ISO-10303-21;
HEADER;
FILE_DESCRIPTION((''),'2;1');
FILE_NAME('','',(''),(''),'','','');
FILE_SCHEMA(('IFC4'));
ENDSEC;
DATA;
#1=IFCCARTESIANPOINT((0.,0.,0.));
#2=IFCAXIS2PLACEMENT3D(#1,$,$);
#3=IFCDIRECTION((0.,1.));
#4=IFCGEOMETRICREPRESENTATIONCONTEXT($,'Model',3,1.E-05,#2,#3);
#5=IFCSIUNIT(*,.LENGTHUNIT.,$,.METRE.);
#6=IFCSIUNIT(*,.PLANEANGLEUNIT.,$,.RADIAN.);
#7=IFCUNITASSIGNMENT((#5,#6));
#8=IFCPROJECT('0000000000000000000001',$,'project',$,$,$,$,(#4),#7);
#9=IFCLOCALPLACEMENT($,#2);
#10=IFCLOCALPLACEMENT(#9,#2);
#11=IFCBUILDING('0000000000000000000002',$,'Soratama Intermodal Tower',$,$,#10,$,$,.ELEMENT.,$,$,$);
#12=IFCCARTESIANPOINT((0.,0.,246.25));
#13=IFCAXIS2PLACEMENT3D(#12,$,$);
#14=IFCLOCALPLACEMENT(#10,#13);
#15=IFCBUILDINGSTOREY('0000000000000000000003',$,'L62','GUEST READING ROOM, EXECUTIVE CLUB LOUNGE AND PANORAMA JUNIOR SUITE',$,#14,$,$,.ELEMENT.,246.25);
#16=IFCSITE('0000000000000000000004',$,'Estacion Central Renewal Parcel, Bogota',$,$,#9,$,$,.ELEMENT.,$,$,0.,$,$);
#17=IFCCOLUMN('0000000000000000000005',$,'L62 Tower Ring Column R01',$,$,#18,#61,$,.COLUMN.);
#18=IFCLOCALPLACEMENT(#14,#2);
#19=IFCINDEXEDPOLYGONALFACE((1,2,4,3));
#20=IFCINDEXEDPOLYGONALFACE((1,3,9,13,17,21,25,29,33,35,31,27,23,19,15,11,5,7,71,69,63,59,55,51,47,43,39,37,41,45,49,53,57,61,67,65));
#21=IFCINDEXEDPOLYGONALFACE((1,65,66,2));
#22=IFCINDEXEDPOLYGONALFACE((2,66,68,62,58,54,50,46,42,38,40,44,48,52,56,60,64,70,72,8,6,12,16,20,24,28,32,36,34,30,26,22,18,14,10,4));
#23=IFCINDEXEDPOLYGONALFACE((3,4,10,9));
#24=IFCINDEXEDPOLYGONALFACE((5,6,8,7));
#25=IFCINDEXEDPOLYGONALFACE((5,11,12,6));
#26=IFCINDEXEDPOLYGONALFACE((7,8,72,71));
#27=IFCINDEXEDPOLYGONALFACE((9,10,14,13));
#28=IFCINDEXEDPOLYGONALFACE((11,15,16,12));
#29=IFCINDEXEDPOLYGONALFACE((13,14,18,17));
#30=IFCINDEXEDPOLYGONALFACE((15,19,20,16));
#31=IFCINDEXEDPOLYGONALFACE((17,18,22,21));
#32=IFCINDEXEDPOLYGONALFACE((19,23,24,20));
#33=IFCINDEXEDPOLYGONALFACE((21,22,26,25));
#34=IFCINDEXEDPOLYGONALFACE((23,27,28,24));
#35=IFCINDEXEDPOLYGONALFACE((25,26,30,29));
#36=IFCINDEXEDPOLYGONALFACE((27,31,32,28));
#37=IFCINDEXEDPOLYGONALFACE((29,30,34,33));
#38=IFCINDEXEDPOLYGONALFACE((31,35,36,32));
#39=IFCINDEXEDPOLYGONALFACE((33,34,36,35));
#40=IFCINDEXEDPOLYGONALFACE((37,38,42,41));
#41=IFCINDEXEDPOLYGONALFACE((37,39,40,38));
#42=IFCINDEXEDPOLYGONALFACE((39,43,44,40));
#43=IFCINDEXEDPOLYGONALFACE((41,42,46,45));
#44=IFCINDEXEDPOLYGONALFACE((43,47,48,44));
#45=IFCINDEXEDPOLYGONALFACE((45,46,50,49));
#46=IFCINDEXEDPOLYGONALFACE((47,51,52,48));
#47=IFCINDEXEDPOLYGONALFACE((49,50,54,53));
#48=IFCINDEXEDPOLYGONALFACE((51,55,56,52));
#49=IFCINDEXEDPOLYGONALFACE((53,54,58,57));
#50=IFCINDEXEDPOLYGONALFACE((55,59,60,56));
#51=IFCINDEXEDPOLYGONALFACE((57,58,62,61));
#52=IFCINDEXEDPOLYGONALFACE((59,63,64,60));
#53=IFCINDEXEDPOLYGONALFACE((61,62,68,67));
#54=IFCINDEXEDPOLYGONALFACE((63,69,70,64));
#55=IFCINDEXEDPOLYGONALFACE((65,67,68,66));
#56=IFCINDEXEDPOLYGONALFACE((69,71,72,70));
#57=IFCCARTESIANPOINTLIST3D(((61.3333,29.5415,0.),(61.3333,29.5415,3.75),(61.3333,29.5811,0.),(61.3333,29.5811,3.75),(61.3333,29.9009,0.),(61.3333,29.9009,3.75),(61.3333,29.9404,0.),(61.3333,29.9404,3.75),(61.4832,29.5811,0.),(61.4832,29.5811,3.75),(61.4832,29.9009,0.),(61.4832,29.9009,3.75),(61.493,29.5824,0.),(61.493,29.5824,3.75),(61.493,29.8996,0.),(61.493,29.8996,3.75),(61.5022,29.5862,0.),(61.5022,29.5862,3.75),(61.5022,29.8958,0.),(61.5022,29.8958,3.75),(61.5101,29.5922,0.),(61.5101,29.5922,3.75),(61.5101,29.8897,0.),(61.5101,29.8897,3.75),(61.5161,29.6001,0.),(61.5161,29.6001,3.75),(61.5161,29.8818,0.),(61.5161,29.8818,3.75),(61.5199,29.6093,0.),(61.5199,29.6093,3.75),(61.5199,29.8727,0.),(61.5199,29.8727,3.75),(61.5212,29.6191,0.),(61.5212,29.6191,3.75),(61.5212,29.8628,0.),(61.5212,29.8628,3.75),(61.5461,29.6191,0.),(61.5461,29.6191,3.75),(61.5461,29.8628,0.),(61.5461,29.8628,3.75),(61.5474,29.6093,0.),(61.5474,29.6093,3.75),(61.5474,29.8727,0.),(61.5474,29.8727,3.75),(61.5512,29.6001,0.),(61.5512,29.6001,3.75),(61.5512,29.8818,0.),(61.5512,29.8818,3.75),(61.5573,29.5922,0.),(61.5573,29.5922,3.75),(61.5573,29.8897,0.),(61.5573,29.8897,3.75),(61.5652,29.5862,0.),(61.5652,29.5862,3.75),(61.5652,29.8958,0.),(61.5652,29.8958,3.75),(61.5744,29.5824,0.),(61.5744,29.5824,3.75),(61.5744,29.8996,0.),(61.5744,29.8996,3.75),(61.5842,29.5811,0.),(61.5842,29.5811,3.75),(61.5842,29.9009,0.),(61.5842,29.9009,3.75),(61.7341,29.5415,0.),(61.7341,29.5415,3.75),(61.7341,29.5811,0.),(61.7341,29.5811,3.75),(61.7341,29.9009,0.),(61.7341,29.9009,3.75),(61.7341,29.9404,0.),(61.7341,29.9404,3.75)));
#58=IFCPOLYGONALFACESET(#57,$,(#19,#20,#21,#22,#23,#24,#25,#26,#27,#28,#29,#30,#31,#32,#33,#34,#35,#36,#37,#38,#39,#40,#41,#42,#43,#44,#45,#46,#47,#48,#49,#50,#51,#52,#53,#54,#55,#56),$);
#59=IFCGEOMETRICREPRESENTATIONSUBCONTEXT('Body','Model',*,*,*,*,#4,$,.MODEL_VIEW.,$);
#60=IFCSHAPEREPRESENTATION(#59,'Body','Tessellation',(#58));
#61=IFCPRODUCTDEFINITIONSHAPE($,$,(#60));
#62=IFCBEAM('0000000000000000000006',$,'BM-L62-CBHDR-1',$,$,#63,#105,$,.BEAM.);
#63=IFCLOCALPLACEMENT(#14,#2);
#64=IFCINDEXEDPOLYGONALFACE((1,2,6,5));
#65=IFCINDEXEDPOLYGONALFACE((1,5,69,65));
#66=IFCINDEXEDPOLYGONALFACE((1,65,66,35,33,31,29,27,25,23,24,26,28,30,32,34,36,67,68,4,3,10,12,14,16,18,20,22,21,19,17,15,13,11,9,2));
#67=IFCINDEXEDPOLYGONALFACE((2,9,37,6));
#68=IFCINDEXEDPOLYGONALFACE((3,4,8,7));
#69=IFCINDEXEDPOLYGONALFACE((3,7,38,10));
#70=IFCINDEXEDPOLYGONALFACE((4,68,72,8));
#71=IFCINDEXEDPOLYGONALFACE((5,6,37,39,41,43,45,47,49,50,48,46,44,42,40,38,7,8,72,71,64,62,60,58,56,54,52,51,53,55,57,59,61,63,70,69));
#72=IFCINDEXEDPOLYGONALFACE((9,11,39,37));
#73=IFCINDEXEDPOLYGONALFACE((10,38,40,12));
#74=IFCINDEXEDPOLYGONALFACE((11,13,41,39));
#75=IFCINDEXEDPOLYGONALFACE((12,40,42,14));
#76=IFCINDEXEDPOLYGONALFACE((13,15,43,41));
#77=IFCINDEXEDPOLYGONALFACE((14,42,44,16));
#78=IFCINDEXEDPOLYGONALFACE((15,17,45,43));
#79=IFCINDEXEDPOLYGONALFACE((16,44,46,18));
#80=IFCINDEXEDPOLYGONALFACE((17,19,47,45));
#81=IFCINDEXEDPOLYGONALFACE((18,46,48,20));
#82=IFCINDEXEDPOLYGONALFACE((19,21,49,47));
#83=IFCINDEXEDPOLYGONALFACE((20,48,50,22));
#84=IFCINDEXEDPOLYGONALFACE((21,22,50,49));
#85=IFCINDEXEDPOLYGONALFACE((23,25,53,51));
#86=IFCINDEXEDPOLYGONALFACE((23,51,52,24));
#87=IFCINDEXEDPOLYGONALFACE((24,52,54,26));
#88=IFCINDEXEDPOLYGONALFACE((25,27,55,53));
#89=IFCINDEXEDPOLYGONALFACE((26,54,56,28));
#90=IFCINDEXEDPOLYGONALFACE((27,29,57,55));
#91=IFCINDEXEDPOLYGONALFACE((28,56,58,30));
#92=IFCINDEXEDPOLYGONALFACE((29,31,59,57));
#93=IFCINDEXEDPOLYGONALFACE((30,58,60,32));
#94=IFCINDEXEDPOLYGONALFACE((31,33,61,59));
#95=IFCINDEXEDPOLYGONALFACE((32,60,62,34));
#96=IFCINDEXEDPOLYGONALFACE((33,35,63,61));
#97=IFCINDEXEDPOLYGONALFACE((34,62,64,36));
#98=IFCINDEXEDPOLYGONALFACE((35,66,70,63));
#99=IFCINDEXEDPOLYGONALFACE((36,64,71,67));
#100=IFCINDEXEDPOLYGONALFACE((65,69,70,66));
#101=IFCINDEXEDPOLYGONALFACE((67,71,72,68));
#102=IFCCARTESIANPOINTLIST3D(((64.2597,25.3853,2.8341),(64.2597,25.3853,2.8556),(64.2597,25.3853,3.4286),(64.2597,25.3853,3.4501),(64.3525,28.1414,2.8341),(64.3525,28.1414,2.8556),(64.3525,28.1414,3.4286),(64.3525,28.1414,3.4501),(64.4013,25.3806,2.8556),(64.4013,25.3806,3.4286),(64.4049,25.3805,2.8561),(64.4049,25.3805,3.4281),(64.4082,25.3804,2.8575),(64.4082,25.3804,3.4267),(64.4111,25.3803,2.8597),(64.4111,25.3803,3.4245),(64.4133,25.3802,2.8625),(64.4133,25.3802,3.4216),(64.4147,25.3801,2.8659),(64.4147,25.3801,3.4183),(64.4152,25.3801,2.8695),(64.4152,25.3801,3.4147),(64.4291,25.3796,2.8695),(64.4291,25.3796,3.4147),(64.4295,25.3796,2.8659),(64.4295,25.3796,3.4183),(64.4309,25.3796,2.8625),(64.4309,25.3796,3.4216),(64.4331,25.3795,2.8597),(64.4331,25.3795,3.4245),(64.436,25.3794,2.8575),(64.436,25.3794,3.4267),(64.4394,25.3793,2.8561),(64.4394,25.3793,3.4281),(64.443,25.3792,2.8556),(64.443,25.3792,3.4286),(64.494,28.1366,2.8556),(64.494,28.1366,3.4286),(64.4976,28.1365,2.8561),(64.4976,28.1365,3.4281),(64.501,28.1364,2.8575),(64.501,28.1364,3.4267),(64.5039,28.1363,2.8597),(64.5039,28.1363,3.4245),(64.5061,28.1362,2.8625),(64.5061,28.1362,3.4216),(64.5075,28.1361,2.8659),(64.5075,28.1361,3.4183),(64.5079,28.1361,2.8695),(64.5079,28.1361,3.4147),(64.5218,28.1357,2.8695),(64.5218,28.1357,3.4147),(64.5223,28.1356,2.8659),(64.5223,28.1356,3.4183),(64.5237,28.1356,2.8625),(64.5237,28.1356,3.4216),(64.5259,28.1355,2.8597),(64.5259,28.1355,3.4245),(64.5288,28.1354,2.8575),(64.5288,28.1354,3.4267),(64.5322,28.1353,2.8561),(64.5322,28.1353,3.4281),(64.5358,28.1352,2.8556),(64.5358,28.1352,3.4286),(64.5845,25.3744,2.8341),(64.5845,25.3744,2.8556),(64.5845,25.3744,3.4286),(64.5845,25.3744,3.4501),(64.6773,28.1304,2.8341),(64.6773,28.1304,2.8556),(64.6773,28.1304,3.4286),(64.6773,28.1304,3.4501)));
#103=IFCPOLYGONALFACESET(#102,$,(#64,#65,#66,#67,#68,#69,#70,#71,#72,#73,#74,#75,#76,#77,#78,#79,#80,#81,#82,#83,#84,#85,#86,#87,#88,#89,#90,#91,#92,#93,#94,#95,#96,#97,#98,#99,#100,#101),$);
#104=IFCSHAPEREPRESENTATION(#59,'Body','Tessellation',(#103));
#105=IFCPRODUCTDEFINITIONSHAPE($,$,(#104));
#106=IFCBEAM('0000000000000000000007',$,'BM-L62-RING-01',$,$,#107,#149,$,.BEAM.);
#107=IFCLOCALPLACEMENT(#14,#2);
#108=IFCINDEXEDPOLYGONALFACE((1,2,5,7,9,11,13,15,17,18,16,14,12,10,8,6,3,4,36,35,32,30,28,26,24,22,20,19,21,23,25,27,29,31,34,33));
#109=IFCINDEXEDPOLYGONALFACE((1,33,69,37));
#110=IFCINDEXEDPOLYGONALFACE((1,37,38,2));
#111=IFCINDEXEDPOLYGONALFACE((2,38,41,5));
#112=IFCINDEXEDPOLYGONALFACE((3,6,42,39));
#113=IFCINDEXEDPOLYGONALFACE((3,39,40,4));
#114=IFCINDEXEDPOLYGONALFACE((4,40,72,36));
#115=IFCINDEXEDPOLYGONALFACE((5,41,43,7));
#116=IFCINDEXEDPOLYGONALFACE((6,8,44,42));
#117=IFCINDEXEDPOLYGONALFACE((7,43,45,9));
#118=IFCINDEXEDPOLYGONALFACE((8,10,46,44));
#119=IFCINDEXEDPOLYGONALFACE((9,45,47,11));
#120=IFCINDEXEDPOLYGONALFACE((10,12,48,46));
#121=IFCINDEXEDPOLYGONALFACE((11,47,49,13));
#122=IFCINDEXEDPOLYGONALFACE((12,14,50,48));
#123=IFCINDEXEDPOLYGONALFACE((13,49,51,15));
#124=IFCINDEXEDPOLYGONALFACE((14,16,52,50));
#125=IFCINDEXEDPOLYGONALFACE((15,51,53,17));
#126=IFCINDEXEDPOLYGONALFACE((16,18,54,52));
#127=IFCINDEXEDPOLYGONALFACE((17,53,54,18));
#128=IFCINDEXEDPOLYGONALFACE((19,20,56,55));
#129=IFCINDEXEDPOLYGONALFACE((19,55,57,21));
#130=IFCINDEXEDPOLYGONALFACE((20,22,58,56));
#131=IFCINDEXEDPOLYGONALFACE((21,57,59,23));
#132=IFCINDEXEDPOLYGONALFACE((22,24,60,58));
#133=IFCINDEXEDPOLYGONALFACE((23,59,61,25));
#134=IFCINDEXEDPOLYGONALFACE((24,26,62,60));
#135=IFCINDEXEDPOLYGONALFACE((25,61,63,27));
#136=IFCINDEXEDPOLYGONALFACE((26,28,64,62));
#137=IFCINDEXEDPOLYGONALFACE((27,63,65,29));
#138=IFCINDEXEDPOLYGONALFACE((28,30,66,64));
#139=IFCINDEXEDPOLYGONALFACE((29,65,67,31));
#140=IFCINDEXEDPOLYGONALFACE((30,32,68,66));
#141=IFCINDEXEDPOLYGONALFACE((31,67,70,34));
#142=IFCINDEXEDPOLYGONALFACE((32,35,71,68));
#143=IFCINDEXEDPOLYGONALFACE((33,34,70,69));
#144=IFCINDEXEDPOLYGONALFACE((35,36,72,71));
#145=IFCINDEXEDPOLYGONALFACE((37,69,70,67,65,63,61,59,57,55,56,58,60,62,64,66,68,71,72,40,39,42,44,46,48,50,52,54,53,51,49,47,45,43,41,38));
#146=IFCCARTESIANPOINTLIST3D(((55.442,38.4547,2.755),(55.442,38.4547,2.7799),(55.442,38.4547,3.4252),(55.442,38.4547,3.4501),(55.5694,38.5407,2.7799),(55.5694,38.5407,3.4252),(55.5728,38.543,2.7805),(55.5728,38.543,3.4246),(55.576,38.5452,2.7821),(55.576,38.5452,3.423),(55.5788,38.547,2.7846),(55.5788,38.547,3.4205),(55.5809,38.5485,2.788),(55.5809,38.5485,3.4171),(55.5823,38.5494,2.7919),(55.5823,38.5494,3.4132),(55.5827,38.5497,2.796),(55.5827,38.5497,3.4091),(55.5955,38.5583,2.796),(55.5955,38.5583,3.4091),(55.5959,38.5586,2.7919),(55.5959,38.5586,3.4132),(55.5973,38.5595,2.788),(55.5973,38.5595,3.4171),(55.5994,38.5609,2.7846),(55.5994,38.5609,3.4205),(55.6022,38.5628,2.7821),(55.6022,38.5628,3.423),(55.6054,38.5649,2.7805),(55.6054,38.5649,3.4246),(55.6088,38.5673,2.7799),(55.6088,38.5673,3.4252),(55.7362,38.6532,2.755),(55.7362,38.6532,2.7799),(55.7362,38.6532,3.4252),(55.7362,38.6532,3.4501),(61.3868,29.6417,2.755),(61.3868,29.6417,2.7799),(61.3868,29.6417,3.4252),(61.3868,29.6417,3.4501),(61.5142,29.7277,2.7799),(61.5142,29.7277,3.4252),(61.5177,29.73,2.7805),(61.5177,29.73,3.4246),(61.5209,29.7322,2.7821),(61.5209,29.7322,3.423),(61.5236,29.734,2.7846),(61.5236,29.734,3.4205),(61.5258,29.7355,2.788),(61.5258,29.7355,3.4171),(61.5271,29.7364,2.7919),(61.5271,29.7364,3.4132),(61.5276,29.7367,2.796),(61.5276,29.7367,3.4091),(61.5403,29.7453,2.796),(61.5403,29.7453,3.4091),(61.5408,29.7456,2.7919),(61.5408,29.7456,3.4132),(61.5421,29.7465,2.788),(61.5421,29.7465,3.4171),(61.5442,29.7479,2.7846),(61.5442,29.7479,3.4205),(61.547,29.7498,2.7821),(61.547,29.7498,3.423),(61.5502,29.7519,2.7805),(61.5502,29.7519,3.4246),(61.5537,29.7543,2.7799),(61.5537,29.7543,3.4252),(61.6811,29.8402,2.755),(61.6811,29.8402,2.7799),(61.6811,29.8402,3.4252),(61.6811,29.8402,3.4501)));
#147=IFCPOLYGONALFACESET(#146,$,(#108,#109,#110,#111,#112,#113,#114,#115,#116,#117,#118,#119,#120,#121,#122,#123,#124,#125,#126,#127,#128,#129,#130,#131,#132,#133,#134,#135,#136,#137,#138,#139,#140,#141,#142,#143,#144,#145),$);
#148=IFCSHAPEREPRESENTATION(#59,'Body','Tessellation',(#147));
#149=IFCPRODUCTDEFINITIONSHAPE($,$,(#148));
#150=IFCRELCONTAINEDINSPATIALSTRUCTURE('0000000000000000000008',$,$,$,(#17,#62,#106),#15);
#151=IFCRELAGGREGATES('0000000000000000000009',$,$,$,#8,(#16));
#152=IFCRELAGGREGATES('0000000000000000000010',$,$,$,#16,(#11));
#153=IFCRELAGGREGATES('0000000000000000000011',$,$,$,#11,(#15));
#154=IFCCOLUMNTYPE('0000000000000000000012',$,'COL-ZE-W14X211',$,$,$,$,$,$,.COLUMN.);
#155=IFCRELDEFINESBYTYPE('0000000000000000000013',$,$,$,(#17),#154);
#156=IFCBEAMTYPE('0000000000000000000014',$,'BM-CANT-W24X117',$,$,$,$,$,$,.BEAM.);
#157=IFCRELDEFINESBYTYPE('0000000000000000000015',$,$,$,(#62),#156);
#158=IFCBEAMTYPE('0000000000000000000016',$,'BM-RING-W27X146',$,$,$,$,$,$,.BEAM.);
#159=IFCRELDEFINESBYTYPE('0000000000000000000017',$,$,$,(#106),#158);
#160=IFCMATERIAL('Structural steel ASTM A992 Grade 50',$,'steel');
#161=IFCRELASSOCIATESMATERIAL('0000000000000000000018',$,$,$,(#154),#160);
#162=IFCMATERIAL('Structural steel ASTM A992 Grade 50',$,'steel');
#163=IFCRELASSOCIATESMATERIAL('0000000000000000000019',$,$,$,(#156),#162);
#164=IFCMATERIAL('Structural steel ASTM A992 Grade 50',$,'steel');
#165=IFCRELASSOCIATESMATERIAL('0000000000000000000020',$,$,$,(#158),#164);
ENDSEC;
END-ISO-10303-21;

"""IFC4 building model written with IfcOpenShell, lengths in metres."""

from ifc_helpers import new_model, si_unit, direction, frame, origin, origin_2d, place, context, subcontext, project, spatial, i_section, extrude, material, material_profile, profile_set, type_object, element, save


model = new_model("IFC4")

# Units and contexts
model_context = context("Model", 3, precision=1e-05, world=origin(), true_north=direction((0.0, 1.0)))
body_context = subcontext(model_context, "Body", "Model", "MODEL_VIEW")
ifc_project = project(units=[si_unit("LENGTHUNIT", "METRE"), si_unit("PLANEANGLEUNIT", "RADIAN")], contexts=[model_context])

# Site, building, storey
site_placement = place(None, origin())
site = spatial("IfcSite", under=ifc_project, at=site_placement, Name="Estacion Central Renewal Parcel, Bogota", CompositionType="ELEMENT", RefElevation=0.0)
building_placement = place(site_placement, origin())
building = spatial("IfcBuilding", under=site, at=building_placement, Name="Soratama Intermodal Tower", CompositionType="ELEMENT")
storey_placement = place(building_placement, frame((0.0, 0.0, 246.25)))
storey = spatial("IfcBuildingStorey", under=building, at=storey_placement, Name="L62", Description="GUEST READING ROOM, EXECUTIVE CLUB LOUNGE AND PANORAMA JUNIOR SUITE", CompositionType="ELEMENT", Elevation=246.25)

# Column
ifc_material_1 = material(Name="Structural steel ASTM A992 Grade 50", Category="steel")
ifc_material_profile_1 = material_profile(ifc_material_1, i_section(OverallWidth=0.4009, OverallDepth=0.3989, WebThickness=0.0249, FlangeThickness=0.0396, FilletRadius=0.0381, at=origin_2d()), Name="W14X211")
ifc_profile_set_1 = profile_set([ifc_material_profile_1], Name="Structural steel ASTM A992 Grade 50")
column_type = type_object("IfcColumnType", Name="COL-ZE-W14X211", PredefinedType="COLUMN", material=ifc_profile_set_1)
column_placement = place(storey_placement, frame((61.5337, 29.741, 0.0), z_axis=(0.0, 0.0, 1.0), x_axis=(1.0, 0.0, 0.0)))
element("IfcColumn", 1, at=column_placement, inside=storey, type_object=column_type, Name="L62 Tower Ring Column R01", PredefinedType="COLUMN", context=body_context, shape_type="SweptSolid", body=[
    extrude(i_section(OverallWidth=0.4009, OverallDepth=0.3989, WebThickness=0.0249, FlangeThickness=0.0396, FilletRadius=0.0381, at=origin_2d()), origin(), (0.0, 0.0, 1.0), 3.75),
])

# Beams
ifc_material_2 = material(Name="Structural steel ASTM A992 Grade 50", Category="steel")
ifc_material_profile_2 = material_profile(ifc_material_2, i_section(OverallWidth=0.325, OverallDepth=0.616, WebThickness=0.0139, FlangeThickness=0.0215, FilletRadius=0.0139, at=origin_2d()), Name="W24X117")
ifc_profile_set_2 = profile_set([ifc_material_profile_2], Name="Structural steel ASTM A992 Grade 50")
beam_type_1 = type_object("IfcBeamType", Name="BM-CANT-W24X117", PredefinedType="BEAM", material=ifc_profile_set_2)
beam_1_placement = place(storey_placement, frame((64.4221, 25.3799, 3.1421), z_axis=(0.033642, 0.999434, 0.0), x_axis=(-0.999434, 0.033642, 0.0)))
element("IfcBeam", 2, at=beam_1_placement, inside=storey, type_object=beam_type_1, Name="BM-L62-CBHDR-1", PredefinedType="BEAM", context=body_context, shape_type="SweptSolid", body=[
    extrude(i_section(OverallWidth=0.325, OverallDepth=0.616, WebThickness=0.0139, FlangeThickness=0.0215, FilletRadius=0.0139, at=origin_2d()), origin(), (0.0, 0.0, 1.0), 2.7576),
])
ifc_material_3 = material(Name="Structural steel ASTM A992 Grade 50", Category="steel")
ifc_material_profile_3 = material_profile(ifc_material_3, i_section(OverallWidth=0.355, OverallDepth=0.6951, WebThickness=0.0154, FlangeThickness=0.0249, FilletRadius=0.0161, at=origin_2d()), Name="W27X146")
ifc_profile_set_3 = profile_set([ifc_material_profile_3], Name="Structural steel ASTM A992 Grade 50")
beam_type_2 = type_object("IfcBeamType", Name="BM-RING-W27X146", PredefinedType="BEAM", material=ifc_profile_set_3)
beam_2_placement = place(storey_placement, frame((61.5339, 29.741, 3.1025), z_axis=(-0.559218, 0.829021, 0.0), x_axis=(-0.829021, -0.559218, 0.0)))
element("IfcBeam", 3, at=beam_2_placement, inside=storey, type_object=beam_type_2, Name="BM-L62-RING-01", PredefinedType="BEAM", context=body_context, shape_type="SweptSolid", body=[
    extrude(i_section(OverallWidth=0.355, OverallDepth=0.6951, WebThickness=0.0154, FlangeThickness=0.0249, FilletRadius=0.0161, at=origin_2d()), origin(), (0.0, 0.0, 1.0), 10.6306),
])

save(model, "model.ifc")
